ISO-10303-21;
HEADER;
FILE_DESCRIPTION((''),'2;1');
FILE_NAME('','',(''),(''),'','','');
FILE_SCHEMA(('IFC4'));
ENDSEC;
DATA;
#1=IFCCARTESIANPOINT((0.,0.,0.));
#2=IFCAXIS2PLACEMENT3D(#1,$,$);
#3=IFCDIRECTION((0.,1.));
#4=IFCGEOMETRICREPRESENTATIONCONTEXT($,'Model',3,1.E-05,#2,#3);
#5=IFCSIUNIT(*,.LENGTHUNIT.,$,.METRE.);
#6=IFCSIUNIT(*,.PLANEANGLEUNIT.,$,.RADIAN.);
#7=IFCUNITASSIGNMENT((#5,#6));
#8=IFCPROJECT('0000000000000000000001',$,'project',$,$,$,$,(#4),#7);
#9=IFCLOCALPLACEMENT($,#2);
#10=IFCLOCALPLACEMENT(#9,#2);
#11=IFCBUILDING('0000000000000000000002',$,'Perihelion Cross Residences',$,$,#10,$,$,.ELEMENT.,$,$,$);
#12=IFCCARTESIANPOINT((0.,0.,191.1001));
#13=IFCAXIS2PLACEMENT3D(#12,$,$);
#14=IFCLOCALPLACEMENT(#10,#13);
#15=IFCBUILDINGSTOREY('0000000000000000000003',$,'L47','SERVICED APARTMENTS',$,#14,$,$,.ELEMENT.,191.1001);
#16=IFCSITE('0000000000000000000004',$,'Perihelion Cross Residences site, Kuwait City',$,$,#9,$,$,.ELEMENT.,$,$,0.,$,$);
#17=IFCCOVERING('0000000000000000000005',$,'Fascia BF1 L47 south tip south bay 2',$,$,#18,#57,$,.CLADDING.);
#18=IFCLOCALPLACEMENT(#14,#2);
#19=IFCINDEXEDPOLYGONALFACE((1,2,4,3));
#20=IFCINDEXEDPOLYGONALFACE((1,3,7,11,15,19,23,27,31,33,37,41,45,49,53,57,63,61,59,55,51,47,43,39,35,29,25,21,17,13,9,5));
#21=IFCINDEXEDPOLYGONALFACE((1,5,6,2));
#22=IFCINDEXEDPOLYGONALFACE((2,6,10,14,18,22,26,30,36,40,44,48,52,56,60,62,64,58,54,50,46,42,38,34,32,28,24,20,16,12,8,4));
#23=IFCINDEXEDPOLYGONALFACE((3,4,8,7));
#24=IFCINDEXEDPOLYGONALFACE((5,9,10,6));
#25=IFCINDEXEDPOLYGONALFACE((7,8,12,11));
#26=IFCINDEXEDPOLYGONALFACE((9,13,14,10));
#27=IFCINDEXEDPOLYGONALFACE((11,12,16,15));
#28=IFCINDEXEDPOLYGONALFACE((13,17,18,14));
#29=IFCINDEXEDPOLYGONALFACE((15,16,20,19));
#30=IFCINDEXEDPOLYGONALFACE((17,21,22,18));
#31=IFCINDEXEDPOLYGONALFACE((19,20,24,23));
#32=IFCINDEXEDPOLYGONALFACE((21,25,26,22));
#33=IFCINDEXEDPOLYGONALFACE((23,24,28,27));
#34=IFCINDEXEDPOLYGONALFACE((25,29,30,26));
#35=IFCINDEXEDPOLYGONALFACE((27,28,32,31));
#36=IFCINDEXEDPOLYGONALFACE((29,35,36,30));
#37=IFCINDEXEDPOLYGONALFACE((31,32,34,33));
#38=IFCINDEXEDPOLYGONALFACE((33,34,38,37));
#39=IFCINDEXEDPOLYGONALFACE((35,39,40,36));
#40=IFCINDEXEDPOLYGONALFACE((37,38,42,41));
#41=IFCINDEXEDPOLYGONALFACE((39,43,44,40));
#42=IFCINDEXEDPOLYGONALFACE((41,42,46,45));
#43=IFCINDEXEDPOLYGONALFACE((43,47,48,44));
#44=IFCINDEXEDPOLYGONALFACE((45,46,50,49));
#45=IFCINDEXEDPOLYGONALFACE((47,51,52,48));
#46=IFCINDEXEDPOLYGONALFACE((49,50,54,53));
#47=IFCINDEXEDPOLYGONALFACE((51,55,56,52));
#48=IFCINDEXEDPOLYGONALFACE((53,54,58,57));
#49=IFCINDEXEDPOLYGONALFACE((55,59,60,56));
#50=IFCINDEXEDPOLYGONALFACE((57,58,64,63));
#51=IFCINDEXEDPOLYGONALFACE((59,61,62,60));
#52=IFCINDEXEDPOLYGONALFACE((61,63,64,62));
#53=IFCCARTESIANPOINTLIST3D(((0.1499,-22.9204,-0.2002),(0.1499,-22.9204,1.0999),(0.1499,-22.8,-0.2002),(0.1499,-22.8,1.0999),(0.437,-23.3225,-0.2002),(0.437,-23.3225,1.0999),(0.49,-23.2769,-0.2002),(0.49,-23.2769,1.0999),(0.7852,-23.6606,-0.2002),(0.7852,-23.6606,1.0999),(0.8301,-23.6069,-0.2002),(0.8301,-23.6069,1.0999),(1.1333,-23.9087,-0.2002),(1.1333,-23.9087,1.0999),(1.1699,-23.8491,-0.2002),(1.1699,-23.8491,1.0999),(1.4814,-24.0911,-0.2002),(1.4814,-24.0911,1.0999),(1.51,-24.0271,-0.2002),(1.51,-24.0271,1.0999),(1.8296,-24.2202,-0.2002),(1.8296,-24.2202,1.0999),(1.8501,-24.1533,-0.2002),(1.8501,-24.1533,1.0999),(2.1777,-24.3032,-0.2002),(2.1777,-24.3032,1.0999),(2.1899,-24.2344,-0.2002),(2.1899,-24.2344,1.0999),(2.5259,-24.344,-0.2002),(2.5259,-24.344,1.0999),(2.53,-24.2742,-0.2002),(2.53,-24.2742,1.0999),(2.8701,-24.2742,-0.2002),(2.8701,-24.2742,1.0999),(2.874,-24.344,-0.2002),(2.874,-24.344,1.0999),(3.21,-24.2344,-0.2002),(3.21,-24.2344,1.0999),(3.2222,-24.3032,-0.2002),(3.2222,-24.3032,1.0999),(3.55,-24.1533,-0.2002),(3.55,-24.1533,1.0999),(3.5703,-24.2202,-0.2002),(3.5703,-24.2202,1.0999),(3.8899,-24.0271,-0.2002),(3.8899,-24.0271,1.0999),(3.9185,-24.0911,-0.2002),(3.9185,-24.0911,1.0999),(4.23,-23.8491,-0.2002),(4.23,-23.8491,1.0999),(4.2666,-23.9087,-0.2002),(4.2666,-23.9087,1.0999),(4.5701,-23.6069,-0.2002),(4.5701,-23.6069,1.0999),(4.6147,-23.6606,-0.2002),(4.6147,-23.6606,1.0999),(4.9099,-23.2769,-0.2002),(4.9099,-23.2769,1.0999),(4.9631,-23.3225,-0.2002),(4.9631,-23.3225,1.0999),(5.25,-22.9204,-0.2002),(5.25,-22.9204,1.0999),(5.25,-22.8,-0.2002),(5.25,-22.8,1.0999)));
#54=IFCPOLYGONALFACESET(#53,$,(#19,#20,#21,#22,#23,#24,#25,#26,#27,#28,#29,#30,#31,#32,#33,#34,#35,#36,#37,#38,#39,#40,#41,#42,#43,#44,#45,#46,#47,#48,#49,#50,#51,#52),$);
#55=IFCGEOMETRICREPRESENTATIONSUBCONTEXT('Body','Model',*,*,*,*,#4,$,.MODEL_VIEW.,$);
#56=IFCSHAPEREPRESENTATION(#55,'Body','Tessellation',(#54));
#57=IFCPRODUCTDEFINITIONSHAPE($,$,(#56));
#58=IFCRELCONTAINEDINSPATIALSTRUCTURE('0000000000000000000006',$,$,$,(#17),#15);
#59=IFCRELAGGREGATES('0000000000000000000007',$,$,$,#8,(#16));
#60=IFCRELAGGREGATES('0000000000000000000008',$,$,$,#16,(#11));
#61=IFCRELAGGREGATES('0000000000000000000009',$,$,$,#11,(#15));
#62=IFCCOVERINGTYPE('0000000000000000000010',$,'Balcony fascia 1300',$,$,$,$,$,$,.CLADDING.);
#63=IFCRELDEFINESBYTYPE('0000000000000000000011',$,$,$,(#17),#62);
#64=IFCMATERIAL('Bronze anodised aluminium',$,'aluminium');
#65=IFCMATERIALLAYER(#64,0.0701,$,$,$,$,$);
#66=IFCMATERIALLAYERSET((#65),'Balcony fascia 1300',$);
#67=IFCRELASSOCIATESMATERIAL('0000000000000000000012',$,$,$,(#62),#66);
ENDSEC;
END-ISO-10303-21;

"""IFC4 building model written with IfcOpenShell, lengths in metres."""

from ifc_helpers import new_model, si_unit, direction, frame, origin, place, context, subcontext, project, spatial, polyline, outline, extrude, material, layer, layer_set, type_object, element, save


model = new_model("IFC4")

# Units and contexts
model_context = context("Model", 3, precision=1e-05, world=origin(), true_north=direction((0.0, 1.0)))
body_context = subcontext(model_context, "Body", "Model", "MODEL_VIEW")
ifc_project = project(units=[si_unit("LENGTHUNIT", "METRE"), si_unit("PLANEANGLEUNIT", "RADIAN")], contexts=[model_context])

# Site, building, storey
site_placement = place(None, origin())
site = spatial("IfcSite", under=ifc_project, at=site_placement, Name="Perihelion Cross Residences site, Kuwait City", CompositionType="ELEMENT", RefElevation=0.0)
building_placement = place(site_placement, origin())
building = spatial("IfcBuilding", under=site, at=building_placement, Name="Perihelion Cross Residences", CompositionType="ELEMENT")
storey_placement = place(building_placement, frame((0.0, 0.0, 191.1001)))
storey = spatial("IfcBuildingStorey", under=building, at=storey_placement, Name="L47", Description="SERVICED APARTMENTS", CompositionType="ELEMENT", Elevation=191.1001)

# Covering
ifc_material_1 = material(Name="Bronze anodised aluminium", Category="aluminium")
ifc_layer_1 = layer(ifc_material_1, 0.0701)
ifc_layer_set_1 = layer_set([ifc_layer_1], Name="Balcony fascia 1300")
covering_type = type_object("IfcCoveringType", Name="Balcony fascia 1300", PredefinedType="CLADDING", material=ifc_layer_set_1)
covering_1_placement = place(storey_placement, frame((0.0, 0.0, -0.2002)))
element("IfcCovering", 1, at=covering_1_placement, inside=storey, type_object=covering_type, Name="Fascia BF1 L47 south tip south bay 2", PredefinedType="CLADDING", context=body_context, shape_type="SweptSolid", body=[
    extrude(outline(polyline([(0.437, -23.3225), (0.7852, -23.6606), (1.1333, -23.9087), (1.4814, -24.0911), (1.8296, -24.2202), (2.1777, -24.3032), (2.5259, -24.344), (2.874, -24.344), (3.2222, -24.3032), (3.5703, -24.2202), (3.9185, -24.0911), (4.2666, -23.9087), (4.6147, -23.6606), (4.9631, -23.3225), (5.25, -22.9204), (5.25, -22.8), (4.9099, -23.2769), (4.5701, -23.6069), (4.23, -23.8491), (3.8899, -24.0271), (3.55, -24.1533), (3.21, -24.2344), (2.8701, -24.2742), (2.53, -24.2742), (2.1899, -24.2344), (1.8501, -24.1533), (1.51, -24.0271), (1.1699, -23.8491), (0.8301, -23.6069), (0.49, -23.2769), (0.1499, -22.8), (0.1499, -22.9204), (0.437, -23.3225)])), origin(), (0.0, 0.0, 1.0), 1.3),
])

save(model, "model.ifc")
